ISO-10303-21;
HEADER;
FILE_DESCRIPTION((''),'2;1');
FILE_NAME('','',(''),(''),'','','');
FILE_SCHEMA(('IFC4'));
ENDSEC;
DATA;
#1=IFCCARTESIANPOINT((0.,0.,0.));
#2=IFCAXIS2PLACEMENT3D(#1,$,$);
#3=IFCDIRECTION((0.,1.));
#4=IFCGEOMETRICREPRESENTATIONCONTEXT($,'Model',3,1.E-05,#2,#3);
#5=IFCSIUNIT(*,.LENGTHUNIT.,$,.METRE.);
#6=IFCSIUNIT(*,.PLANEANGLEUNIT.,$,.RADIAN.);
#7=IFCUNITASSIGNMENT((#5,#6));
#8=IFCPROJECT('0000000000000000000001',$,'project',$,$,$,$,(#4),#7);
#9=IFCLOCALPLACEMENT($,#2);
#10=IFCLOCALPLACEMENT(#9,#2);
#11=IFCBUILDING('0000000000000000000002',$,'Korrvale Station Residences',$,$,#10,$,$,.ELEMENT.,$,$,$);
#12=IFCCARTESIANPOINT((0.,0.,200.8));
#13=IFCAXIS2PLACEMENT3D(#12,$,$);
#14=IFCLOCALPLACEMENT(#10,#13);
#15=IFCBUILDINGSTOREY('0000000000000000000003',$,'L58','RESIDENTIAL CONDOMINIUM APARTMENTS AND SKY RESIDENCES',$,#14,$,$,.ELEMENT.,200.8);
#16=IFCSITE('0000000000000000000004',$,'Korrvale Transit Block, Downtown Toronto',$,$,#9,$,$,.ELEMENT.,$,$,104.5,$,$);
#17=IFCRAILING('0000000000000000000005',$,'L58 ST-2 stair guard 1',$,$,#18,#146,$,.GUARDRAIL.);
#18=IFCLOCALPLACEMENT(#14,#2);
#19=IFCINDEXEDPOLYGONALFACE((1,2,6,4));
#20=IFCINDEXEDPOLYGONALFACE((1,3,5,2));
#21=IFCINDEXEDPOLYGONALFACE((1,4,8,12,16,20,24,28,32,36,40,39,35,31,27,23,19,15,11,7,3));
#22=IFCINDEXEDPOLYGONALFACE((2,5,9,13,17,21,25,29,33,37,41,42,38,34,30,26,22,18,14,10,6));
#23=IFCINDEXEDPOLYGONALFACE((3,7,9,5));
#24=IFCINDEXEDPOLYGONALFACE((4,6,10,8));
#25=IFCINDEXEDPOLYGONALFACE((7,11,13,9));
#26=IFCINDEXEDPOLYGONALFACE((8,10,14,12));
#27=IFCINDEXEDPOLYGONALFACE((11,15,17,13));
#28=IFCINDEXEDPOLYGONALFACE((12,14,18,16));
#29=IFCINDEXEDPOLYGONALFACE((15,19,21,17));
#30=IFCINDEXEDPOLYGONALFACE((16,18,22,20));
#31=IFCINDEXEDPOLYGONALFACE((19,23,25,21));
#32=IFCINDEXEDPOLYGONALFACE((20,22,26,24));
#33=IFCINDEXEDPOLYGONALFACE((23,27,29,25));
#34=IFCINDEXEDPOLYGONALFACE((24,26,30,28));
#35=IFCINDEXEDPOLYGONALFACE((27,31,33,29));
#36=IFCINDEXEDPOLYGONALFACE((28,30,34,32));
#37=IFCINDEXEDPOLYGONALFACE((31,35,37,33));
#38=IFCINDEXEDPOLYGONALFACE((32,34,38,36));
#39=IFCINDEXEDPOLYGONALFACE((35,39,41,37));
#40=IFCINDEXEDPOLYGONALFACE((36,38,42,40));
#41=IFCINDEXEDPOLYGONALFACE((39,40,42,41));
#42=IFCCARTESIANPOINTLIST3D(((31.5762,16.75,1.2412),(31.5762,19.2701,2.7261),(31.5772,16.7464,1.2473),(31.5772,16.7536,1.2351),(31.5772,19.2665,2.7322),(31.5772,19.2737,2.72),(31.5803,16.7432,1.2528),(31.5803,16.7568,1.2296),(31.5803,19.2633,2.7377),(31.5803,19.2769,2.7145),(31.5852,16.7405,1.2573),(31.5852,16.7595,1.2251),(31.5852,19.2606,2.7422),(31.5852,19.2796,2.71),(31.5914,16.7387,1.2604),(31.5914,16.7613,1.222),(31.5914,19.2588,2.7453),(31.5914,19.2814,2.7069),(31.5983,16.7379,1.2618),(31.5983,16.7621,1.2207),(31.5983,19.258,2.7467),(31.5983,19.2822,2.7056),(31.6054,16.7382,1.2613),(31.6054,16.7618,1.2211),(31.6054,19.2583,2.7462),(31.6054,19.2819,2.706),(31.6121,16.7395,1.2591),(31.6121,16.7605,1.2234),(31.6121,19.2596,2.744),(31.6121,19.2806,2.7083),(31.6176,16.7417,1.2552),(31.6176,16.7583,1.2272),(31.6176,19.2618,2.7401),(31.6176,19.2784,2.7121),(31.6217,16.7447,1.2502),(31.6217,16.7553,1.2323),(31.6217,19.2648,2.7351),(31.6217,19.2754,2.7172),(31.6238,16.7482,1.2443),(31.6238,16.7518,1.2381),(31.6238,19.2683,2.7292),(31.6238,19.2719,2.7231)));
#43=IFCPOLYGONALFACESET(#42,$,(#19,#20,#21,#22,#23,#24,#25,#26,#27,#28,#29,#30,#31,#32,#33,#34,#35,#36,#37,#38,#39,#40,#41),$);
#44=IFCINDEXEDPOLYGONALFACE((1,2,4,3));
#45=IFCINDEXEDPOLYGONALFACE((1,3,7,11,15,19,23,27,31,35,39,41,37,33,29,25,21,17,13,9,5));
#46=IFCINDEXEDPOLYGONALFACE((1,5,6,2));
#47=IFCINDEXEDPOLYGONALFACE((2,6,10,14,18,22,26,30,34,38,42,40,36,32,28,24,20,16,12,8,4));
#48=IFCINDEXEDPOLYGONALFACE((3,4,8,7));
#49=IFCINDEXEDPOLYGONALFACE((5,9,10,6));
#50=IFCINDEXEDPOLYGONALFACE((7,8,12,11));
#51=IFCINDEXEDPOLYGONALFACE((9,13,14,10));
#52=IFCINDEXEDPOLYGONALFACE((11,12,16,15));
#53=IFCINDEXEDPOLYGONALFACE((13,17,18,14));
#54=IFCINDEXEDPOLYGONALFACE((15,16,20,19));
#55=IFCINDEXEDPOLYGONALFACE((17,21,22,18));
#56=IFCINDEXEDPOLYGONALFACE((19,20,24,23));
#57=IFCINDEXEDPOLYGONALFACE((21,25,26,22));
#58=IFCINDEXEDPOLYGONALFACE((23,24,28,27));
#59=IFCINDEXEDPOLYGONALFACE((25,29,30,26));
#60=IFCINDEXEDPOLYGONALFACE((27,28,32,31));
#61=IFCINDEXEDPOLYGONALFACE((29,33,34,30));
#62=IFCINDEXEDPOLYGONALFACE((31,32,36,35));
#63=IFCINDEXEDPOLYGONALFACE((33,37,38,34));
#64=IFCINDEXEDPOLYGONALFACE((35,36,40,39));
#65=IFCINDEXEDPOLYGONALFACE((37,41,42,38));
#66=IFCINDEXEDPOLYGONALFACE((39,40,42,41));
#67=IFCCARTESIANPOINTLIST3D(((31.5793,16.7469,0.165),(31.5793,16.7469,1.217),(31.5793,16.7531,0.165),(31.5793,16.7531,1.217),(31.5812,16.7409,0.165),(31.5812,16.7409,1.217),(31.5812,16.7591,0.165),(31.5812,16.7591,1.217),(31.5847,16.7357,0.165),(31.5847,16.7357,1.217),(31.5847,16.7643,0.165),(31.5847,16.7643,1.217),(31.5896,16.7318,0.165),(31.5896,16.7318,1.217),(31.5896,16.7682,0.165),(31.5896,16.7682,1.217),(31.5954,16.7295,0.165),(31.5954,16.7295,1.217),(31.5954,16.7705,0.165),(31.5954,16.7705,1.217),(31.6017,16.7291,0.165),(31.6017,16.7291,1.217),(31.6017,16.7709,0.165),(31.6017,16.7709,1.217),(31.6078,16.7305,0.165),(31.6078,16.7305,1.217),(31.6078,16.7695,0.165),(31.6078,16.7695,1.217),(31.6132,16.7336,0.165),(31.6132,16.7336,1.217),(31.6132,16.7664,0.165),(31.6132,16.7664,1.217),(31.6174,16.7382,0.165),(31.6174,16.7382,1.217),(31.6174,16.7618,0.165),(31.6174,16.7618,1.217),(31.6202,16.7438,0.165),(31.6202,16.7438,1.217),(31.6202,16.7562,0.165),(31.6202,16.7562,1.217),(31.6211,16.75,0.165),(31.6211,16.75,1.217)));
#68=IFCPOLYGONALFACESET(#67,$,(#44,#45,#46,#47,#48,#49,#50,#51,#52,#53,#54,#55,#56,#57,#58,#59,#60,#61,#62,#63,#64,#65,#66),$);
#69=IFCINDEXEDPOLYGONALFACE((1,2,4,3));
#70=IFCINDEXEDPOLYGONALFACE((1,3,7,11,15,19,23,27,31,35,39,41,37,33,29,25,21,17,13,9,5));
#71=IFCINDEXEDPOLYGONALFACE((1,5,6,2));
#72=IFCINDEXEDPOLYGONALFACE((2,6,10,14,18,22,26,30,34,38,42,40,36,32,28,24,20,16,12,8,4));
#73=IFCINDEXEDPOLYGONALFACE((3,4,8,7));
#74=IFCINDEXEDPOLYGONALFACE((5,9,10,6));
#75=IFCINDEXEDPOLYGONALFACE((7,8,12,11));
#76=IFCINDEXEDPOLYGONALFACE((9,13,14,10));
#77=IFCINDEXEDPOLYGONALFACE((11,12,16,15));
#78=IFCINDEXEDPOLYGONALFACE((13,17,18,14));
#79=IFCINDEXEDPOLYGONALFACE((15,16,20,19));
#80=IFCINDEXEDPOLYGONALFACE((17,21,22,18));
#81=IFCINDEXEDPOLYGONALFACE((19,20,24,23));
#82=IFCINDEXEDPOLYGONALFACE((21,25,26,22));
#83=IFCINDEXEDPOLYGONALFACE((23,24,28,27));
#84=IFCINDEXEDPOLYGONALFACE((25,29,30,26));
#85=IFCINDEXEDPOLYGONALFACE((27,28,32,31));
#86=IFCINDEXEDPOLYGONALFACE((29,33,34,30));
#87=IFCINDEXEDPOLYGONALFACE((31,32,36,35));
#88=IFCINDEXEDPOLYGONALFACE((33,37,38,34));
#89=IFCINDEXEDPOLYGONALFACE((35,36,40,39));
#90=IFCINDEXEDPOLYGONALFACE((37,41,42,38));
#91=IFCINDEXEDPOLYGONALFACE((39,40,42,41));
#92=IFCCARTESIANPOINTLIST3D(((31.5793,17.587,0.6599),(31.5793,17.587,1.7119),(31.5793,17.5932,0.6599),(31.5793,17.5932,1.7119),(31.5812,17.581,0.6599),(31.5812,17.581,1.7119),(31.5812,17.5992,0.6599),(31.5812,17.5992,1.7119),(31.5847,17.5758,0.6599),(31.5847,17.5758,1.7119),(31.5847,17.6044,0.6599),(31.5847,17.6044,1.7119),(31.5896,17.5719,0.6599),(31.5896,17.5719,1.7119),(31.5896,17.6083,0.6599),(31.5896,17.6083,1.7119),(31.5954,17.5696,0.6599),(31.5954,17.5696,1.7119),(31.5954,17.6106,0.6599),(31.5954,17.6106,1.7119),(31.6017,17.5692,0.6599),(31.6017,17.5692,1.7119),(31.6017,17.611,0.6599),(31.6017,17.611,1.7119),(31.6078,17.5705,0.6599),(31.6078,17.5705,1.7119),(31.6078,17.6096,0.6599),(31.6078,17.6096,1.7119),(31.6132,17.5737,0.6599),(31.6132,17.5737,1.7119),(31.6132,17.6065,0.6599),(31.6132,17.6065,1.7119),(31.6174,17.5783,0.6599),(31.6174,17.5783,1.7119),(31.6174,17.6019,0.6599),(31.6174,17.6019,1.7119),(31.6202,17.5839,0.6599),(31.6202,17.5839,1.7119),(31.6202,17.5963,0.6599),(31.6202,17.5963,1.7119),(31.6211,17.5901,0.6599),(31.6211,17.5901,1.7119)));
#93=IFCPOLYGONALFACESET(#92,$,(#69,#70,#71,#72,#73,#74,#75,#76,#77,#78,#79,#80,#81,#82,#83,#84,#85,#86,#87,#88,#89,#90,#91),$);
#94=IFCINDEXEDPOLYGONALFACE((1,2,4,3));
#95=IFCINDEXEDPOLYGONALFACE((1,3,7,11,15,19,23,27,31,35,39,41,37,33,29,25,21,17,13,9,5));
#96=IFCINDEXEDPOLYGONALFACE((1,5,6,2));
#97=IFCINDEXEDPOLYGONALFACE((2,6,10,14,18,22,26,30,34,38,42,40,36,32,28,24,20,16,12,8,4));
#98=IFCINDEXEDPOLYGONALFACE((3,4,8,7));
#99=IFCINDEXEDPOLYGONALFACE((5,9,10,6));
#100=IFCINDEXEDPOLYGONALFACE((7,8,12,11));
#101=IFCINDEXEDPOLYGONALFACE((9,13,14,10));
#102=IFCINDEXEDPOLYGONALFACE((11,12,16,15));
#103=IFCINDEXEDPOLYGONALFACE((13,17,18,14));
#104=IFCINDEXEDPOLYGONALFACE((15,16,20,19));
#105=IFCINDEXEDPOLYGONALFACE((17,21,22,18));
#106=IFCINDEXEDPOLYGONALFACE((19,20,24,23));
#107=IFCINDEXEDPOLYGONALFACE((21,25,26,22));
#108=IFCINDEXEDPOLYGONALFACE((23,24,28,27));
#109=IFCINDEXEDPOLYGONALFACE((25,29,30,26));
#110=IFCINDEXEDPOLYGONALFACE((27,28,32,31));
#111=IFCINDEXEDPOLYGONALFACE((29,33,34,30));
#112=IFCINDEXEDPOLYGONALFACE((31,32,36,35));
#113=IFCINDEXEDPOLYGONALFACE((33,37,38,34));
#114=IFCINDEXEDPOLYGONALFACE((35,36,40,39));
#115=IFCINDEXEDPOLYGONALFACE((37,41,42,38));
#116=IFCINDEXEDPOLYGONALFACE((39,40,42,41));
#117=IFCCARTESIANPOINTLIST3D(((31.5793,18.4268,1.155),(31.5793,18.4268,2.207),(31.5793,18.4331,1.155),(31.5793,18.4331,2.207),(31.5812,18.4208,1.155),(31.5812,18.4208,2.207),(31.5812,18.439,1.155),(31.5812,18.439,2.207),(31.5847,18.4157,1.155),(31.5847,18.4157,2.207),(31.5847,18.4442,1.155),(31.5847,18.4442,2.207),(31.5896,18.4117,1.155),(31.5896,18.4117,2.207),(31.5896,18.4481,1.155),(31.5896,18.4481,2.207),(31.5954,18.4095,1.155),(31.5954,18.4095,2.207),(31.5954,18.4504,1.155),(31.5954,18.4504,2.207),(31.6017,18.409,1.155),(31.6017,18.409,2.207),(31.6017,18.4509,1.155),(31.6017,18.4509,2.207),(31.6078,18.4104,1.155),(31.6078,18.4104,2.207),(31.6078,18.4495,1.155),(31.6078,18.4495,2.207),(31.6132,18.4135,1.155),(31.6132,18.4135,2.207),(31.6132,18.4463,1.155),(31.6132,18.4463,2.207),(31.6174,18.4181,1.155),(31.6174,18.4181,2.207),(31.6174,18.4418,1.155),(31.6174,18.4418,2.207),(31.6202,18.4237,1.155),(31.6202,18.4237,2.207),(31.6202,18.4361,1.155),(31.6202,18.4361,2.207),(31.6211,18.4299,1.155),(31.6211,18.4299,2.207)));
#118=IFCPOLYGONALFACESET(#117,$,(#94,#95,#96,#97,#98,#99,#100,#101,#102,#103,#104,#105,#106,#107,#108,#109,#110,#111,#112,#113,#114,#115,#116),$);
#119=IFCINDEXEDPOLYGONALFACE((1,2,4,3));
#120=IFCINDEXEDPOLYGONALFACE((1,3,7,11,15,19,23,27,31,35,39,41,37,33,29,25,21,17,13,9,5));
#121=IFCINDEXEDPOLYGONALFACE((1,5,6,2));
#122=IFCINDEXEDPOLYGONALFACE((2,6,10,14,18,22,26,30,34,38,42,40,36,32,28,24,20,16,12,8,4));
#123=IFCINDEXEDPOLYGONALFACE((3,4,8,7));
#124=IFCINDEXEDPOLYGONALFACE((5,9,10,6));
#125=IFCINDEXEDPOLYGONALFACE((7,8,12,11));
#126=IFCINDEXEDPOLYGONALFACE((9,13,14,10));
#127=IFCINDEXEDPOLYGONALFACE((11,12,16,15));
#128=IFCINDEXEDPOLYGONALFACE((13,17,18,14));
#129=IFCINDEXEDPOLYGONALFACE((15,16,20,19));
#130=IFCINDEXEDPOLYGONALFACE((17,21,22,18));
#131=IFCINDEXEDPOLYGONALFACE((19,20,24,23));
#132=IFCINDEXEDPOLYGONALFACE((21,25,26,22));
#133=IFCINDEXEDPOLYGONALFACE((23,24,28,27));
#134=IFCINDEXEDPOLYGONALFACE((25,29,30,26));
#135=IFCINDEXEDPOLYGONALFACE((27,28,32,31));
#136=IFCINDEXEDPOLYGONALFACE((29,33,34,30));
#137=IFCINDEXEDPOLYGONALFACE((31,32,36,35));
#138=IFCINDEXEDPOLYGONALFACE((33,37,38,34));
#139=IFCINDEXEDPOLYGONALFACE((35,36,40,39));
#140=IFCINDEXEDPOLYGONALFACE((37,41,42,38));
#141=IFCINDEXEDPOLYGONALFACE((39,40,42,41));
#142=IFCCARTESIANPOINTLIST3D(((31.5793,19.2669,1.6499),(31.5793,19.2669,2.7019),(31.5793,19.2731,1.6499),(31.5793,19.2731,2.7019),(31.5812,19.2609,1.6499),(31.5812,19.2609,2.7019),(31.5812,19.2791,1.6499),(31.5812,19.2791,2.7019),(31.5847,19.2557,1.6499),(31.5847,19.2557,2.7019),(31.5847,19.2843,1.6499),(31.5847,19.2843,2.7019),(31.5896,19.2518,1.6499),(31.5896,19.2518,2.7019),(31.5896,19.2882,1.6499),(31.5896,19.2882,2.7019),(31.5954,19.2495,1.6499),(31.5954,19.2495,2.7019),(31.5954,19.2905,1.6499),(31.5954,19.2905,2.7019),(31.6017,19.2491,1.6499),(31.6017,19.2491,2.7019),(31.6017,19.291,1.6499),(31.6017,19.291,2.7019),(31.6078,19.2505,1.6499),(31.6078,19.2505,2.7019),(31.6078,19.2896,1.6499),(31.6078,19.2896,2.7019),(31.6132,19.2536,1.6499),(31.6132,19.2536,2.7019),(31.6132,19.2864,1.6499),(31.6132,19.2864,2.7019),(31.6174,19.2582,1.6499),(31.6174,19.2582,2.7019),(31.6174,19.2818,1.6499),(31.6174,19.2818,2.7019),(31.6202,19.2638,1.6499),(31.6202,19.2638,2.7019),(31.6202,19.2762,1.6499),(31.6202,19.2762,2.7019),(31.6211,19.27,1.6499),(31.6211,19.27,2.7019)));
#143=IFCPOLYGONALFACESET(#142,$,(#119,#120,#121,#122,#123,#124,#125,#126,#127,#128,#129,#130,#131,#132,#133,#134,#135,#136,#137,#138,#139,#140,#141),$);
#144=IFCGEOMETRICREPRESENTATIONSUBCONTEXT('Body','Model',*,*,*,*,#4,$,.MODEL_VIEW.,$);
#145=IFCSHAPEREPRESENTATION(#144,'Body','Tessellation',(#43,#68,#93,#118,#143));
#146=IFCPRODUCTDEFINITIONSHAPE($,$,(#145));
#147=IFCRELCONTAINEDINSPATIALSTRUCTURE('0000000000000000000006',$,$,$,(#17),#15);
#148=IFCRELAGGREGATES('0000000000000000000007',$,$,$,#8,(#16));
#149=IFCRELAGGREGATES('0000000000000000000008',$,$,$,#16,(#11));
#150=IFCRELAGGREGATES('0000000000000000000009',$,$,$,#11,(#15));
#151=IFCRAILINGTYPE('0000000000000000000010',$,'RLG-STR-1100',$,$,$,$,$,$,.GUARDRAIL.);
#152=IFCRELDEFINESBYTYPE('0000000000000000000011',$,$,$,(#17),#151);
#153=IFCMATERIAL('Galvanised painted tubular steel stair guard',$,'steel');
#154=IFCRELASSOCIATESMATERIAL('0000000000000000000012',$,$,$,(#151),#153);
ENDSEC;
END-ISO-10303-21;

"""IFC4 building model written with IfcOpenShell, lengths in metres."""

from ifc_helpers import new_model, si_unit, direction, frame, origin, origin_2d, place, context, subcontext, project, spatial, circle, extrude, material, type_object, element, save


model = new_model("IFC4")

# Units and contexts
model_context = context("Model", 3, precision=1e-05, world=origin(), true_north=direction((0.0, 1.0)))
body_context = subcontext(model_context, "Body", "Model", "MODEL_VIEW")
ifc_project = project(units=[si_unit("LENGTHUNIT", "METRE"), si_unit("PLANEANGLEUNIT", "RADIAN")], contexts=[model_context])

# Site, building, storey
site_placement = place(None, origin())
site = spatial("IfcSite", under=ifc_project, at=site_placement, Name="Korrvale Transit Block, Downtown Toronto", CompositionType="ELEMENT", RefElevation=104.5)
building_placement = place(site_placement, origin())
building = spatial("IfcBuilding", under=site, at=building_placement, Name="Korrvale Station Residences", CompositionType="ELEMENT")
storey_placement = place(building_placement, frame((0.0, 0.0, 200.8)))
storey = spatial("IfcBuildingStorey", under=building, at=storey_placement, Name="L58", Description="RESIDENTIAL CONDOMINIUM APARTMENTS AND SKY RESIDENCES", CompositionType="ELEMENT", Elevation=200.8)

# Railing
ifc_material_1 = material(Name="Galvanised painted tubular steel stair guard", Category="steel")
railing_type_1 = type_object("IfcRailingType", Name="RLG-STR-1100", PredefinedType="GUARDRAIL", material=ifc_material_1)
railing_1_placement = place(storey_placement, frame((31.6001, 16.75, 0.165)))
element("IfcRailing", 1, at=railing_1_placement, inside=storey, type_object=railing_type_1, Name="L58 ST-2 stair guard 1", PredefinedType="GUARDRAIL", context=body_context, shape_type="SweptSolid", body=[
    extrude(circle(Radius=0.0239, at=origin_2d()), frame((0.0, 0.0, 1.0762), z_axis=(0.0, 0.861561, 0.507655), x_axis=(-1.0, 0.0, 0.0)), (0.0, 0.0, 1.0), 2.925),
    extrude(circle(Radius=0.021, at=origin_2d()), origin(), (0.0, 0.0, 1.0), 1.052),
    extrude(circle(Radius=0.021, at=origin_2d()), frame((0.0, 0.8401, 0.4949)), (0.0, 0.0, 1.0), 1.052),
    extrude(circle(Radius=0.021, at=origin_2d()), frame((0.0, 1.6799, 0.99)), (0.0, 0.0, 1.0), 1.052),
    extrude(circle(Radius=0.021, at=origin_2d()), frame((0.0, 2.52, 1.4849)), (0.0, 0.0, 1.0), 1.052),
])

save(model, "model.ifc")
